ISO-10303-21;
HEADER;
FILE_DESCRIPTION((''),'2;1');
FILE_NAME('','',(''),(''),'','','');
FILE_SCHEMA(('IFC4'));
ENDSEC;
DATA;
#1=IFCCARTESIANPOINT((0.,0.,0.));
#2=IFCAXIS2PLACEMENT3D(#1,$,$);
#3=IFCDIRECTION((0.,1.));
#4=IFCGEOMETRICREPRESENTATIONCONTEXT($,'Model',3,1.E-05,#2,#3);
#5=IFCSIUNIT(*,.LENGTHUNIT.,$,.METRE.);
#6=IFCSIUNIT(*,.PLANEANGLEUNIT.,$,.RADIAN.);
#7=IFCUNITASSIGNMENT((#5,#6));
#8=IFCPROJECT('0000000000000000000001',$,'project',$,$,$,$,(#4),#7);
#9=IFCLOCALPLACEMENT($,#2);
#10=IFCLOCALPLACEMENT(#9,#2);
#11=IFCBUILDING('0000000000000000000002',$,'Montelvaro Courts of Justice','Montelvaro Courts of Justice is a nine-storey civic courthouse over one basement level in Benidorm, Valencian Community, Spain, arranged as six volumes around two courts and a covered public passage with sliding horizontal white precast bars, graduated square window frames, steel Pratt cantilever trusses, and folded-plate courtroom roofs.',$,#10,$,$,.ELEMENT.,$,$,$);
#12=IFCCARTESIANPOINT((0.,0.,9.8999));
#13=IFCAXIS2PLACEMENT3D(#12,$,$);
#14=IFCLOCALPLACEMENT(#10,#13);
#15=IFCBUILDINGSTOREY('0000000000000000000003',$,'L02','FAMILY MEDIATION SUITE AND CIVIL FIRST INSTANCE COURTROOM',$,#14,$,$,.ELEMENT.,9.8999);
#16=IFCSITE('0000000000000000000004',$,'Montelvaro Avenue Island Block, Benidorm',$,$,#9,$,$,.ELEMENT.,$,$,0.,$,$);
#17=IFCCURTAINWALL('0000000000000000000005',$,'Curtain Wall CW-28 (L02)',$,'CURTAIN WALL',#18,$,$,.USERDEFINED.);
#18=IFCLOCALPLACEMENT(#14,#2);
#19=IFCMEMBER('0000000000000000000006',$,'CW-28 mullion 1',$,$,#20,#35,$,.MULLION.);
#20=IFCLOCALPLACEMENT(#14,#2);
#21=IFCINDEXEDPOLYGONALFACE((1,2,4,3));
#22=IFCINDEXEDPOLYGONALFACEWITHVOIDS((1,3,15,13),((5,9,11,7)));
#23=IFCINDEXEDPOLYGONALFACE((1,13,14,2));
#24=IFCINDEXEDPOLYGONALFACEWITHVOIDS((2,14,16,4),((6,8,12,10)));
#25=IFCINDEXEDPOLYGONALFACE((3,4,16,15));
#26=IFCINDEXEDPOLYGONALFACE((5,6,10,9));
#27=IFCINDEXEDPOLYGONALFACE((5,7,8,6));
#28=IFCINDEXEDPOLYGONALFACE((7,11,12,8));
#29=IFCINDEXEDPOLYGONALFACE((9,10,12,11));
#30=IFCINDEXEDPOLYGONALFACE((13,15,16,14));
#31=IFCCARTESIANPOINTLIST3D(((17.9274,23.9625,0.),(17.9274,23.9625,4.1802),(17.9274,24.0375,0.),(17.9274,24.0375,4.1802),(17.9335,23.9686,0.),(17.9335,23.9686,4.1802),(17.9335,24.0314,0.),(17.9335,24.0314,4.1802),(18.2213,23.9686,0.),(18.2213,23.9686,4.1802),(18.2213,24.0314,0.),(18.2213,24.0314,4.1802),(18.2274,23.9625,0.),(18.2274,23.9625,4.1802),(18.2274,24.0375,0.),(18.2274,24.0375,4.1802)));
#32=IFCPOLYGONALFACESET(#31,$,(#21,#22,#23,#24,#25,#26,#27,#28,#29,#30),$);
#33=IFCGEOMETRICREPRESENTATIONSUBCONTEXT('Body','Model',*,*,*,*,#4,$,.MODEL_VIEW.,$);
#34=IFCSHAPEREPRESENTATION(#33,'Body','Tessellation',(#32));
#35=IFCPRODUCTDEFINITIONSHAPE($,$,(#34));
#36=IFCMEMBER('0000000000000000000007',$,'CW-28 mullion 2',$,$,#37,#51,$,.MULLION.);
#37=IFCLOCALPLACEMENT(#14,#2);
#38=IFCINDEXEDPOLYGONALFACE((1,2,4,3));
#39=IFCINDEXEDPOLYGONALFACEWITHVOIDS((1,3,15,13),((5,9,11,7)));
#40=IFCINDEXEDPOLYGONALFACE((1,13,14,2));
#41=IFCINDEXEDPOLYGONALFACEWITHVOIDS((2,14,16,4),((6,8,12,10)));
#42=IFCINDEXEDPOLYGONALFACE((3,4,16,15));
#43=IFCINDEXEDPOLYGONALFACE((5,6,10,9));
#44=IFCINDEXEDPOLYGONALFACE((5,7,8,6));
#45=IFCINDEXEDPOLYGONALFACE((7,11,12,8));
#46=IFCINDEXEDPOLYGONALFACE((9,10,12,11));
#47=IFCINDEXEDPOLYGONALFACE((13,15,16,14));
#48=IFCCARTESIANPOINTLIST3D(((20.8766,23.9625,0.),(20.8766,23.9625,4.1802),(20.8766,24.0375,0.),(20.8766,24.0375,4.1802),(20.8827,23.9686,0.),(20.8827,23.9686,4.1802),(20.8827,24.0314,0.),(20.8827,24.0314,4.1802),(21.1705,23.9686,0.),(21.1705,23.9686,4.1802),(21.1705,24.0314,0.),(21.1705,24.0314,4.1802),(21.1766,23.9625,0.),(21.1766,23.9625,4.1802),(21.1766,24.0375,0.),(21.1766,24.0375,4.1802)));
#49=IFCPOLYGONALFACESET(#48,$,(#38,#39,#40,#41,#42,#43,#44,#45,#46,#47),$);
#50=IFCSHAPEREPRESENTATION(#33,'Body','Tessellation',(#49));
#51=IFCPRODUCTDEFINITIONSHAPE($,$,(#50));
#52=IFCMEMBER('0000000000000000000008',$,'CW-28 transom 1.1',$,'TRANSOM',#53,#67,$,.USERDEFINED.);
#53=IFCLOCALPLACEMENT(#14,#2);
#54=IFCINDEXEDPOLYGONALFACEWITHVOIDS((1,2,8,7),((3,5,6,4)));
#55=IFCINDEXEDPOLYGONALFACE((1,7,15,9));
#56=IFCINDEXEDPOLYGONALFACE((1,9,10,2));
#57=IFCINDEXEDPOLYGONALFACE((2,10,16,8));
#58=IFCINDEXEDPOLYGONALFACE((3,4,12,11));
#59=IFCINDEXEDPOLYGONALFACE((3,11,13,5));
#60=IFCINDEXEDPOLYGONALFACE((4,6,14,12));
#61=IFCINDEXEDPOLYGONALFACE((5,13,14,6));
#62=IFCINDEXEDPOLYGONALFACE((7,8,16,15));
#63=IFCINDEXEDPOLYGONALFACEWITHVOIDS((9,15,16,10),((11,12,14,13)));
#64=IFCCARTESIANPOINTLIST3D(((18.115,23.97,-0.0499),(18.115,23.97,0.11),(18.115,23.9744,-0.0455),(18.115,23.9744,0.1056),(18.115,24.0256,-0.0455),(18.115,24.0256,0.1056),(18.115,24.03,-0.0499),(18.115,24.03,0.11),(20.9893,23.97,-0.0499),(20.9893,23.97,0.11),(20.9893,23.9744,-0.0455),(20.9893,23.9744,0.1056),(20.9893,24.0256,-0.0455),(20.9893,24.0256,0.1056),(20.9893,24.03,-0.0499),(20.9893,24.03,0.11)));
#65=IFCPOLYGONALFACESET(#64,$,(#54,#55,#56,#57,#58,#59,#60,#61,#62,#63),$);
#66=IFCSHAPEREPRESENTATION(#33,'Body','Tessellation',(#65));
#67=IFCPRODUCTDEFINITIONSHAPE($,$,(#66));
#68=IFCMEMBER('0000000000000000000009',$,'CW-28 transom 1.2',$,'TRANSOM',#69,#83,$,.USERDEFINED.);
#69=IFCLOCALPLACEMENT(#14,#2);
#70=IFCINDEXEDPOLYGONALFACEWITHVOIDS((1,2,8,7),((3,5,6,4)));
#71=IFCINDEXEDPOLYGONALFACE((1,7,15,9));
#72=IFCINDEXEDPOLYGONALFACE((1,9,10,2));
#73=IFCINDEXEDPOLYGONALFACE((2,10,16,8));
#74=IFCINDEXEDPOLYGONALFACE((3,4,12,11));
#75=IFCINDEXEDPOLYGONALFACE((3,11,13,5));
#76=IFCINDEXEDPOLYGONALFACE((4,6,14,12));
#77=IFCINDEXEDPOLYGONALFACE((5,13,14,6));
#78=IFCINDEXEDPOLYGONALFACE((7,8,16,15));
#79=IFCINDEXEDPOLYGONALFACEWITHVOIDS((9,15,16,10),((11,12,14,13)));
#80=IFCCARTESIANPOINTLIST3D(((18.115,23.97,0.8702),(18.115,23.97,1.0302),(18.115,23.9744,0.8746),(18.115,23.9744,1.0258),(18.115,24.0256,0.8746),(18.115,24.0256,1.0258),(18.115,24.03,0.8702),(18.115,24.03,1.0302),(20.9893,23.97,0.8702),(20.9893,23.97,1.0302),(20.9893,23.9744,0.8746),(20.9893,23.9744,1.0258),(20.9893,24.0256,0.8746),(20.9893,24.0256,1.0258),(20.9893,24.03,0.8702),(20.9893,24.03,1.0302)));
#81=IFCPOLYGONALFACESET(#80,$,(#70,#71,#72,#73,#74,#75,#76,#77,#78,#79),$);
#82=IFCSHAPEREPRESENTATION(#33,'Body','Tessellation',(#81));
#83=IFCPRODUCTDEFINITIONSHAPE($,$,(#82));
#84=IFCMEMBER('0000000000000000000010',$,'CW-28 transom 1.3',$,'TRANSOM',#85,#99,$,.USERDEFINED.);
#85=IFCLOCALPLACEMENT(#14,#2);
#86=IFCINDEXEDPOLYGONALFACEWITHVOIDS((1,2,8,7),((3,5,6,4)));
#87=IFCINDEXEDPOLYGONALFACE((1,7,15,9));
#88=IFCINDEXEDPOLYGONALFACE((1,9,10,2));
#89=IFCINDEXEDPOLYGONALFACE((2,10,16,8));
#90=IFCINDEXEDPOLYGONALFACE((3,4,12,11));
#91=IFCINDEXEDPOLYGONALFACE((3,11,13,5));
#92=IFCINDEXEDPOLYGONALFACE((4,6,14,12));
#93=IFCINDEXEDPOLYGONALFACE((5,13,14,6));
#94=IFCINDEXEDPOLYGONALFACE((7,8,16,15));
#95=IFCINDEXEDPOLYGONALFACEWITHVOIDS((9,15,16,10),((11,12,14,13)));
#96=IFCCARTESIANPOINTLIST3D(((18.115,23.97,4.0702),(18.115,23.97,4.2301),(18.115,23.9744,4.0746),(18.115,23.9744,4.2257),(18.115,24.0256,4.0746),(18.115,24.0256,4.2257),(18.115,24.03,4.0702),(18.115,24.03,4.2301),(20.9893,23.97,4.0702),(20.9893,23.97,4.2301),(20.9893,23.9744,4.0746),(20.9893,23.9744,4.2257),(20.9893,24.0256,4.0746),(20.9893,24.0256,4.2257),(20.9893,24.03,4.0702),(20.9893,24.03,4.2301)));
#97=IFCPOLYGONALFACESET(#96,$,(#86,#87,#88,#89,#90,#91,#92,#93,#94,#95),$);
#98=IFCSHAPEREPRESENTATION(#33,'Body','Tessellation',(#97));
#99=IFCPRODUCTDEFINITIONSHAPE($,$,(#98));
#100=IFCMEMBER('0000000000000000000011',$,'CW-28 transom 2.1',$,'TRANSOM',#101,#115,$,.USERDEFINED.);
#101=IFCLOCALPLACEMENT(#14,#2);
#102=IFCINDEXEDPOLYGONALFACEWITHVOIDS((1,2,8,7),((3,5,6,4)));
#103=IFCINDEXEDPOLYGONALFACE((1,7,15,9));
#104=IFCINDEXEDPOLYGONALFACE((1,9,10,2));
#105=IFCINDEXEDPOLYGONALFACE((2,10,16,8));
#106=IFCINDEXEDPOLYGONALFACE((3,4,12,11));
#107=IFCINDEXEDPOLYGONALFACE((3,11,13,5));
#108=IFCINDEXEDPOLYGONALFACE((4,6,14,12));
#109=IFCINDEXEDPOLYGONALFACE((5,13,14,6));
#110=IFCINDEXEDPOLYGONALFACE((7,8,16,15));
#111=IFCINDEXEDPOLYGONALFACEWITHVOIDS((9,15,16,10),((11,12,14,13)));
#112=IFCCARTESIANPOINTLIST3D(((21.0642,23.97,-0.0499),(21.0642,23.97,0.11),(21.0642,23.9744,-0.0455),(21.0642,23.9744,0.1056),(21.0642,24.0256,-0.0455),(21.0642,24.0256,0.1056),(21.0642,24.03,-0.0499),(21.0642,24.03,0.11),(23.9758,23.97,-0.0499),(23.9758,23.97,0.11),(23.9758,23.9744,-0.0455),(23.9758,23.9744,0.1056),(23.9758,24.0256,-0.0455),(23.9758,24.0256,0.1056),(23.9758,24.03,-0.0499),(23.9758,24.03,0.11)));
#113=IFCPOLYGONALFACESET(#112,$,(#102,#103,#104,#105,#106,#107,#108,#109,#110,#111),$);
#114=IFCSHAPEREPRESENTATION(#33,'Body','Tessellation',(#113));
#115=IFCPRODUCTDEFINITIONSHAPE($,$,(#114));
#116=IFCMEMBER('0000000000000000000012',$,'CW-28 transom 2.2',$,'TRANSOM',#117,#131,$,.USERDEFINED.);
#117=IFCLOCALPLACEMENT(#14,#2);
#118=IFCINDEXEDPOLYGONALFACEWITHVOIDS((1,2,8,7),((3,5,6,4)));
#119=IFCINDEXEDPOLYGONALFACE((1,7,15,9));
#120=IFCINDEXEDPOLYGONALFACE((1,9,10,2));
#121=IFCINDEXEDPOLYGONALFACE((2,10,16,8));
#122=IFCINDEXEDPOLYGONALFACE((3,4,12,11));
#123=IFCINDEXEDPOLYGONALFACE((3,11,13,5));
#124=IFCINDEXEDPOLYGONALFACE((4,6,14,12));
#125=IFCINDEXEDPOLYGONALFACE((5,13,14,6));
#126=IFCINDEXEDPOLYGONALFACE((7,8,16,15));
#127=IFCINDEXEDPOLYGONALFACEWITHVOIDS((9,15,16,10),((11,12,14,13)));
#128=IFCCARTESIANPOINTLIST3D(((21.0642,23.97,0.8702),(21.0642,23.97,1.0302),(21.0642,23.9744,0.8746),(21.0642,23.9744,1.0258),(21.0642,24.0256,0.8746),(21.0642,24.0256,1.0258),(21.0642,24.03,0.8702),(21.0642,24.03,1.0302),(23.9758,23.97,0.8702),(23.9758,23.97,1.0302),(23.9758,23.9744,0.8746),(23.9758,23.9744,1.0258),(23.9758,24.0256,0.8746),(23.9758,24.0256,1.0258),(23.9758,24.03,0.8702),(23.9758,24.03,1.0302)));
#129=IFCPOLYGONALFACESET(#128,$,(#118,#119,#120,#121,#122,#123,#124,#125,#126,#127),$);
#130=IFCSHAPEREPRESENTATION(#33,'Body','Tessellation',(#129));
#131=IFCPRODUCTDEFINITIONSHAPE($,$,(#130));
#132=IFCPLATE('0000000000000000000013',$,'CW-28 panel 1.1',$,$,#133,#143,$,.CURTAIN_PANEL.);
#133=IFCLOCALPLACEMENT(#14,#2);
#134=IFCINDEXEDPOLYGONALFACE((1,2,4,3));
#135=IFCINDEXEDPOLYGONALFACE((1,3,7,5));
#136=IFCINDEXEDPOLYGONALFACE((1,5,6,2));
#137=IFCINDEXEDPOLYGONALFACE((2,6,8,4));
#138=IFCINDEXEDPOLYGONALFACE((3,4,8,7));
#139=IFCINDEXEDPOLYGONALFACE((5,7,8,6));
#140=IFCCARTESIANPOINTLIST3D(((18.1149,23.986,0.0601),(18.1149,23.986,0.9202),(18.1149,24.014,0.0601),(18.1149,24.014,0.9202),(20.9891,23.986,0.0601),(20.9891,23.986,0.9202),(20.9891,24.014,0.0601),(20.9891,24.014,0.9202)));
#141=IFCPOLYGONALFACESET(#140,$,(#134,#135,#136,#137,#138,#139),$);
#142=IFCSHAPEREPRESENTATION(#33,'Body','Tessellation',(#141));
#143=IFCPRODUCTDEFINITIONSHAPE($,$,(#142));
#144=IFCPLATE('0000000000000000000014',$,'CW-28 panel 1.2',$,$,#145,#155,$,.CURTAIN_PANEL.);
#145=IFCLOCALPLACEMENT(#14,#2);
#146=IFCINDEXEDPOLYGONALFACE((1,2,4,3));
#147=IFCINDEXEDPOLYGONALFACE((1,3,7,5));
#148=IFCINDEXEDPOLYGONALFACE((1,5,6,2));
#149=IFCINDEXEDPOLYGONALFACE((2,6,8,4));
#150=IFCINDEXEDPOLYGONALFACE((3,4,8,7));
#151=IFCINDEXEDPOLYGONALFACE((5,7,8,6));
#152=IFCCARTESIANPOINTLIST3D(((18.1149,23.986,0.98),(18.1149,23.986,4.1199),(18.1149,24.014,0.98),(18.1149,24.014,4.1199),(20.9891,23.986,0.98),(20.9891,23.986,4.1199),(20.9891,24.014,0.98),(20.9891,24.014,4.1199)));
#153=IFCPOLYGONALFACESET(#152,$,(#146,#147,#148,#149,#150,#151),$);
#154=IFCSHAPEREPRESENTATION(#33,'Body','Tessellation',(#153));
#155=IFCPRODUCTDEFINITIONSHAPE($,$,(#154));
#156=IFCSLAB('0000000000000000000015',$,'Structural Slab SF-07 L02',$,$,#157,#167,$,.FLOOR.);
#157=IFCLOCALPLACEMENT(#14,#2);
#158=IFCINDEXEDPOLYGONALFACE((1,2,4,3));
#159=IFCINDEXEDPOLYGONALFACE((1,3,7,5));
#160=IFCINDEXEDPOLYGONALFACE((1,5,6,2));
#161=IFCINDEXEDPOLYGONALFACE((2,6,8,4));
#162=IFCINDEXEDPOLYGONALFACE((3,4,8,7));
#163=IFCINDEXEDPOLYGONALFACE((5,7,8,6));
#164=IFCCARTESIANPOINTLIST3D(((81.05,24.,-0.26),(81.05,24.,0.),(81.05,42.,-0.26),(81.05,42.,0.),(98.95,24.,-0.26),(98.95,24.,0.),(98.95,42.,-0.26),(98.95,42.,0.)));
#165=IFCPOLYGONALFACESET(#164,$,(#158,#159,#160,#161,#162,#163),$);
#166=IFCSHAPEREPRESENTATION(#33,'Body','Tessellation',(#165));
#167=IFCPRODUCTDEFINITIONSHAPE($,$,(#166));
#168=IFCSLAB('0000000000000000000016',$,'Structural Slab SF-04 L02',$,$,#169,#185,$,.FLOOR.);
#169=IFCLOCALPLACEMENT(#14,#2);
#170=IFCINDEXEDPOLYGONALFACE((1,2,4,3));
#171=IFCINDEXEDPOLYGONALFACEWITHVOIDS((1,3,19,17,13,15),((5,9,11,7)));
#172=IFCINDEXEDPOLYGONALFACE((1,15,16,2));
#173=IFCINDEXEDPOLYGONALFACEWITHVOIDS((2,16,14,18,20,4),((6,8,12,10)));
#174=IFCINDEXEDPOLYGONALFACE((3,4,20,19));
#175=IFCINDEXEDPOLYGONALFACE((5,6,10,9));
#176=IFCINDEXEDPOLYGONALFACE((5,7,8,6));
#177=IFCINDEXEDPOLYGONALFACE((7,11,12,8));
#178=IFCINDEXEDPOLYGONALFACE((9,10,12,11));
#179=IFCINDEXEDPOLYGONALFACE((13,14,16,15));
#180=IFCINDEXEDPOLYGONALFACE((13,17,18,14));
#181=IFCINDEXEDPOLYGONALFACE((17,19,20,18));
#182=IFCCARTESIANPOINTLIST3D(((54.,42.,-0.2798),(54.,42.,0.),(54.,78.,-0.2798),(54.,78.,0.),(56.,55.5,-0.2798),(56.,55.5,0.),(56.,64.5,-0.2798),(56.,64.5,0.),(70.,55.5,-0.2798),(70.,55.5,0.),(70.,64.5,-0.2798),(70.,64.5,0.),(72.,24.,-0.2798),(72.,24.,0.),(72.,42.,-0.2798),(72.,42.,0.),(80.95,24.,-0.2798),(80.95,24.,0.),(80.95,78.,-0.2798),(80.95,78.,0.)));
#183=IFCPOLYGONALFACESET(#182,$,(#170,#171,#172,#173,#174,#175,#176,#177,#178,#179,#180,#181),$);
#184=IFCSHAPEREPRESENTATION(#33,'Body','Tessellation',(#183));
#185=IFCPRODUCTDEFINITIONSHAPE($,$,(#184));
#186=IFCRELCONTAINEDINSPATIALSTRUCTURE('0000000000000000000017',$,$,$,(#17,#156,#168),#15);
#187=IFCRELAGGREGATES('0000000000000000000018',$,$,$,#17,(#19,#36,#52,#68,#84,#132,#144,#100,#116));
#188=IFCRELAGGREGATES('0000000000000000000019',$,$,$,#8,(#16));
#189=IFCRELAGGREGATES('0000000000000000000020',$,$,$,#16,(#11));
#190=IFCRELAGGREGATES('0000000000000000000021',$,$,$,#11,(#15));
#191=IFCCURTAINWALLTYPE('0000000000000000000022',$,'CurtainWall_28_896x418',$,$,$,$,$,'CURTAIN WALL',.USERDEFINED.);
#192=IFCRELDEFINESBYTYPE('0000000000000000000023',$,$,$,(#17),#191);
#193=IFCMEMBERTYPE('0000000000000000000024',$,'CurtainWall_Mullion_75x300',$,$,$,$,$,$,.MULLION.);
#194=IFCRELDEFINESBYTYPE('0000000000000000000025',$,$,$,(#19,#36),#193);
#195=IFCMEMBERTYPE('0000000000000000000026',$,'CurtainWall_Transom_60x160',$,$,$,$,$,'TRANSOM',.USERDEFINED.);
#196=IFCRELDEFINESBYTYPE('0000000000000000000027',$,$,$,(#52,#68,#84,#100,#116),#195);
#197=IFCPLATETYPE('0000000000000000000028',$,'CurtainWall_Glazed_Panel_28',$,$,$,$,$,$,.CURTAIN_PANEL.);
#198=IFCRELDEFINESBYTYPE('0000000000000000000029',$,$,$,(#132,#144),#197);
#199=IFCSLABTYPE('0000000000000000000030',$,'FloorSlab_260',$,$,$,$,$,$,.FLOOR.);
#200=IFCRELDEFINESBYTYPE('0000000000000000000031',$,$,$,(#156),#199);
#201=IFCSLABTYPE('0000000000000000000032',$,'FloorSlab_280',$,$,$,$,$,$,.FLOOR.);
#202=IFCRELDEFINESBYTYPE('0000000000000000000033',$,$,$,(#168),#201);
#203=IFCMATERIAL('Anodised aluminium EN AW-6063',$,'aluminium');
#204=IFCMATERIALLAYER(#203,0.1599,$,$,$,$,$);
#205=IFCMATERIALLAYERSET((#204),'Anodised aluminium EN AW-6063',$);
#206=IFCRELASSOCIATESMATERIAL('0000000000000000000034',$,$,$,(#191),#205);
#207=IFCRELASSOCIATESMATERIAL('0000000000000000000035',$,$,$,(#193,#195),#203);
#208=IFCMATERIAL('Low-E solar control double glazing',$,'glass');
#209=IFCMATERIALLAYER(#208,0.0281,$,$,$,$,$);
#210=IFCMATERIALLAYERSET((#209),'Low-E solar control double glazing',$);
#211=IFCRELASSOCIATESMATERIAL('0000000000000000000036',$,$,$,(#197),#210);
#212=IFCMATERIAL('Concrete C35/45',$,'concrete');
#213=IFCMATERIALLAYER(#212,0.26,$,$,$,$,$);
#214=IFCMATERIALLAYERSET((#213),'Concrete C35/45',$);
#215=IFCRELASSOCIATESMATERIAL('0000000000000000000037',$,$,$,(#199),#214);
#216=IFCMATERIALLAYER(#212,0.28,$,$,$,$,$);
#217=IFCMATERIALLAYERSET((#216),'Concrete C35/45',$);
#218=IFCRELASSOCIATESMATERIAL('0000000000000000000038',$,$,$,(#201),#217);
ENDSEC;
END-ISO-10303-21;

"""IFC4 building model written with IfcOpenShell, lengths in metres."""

from ifc_helpers import new_model, si_unit, direction, frame, origin, origin_2d, place, context, subcontext, project, spatial, polyline, rectangle, hollow_rectangle, outline, extrude, material, layer, layer_set, material_profile, profile_set, type_object, element, aggregate, save


model = new_model("IFC4")

# Units and contexts
model_context = context("Model", 3, precision=1e-05, world=origin(), true_north=direction((0.0, 1.0)))
body_context = subcontext(model_context, "Body", "Model", "MODEL_VIEW")
ifc_project = project(units=[si_unit("LENGTHUNIT", "METRE"), si_unit("PLANEANGLEUNIT", "RADIAN")], contexts=[model_context])

# Site, building, storey
site_placement = place(None, origin())
site = spatial("IfcSite", under=ifc_project, at=site_placement, Name="Montelvaro Avenue Island Block, Benidorm", CompositionType="ELEMENT", RefElevation=0.0)
building_placement = place(site_placement, origin())
building = spatial("IfcBuilding", under=site, at=building_placement, Name="Montelvaro Courts of Justice", Description="Montelvaro Courts of Justice is a nine-storey civic courthouse over one basement level in Benidorm, Valencian Community, Spain, arranged as six volumes around two courts and a covered public passage with sliding horizontal white precast bars, graduated square window frames, steel Pratt cantilever trusses, and folded-plate courtroom roofs.", CompositionType="ELEMENT")
storey_placement = place(building_placement, frame((0.0, 0.0, 9.8999)))
storey = spatial("IfcBuildingStorey", under=building, at=storey_placement, Name="L02", Description="FAMILY MEDIATION SUITE AND CIVIL FIRST INSTANCE COURTROOM", CompositionType="ELEMENT", Elevation=9.8999)

# Curtain wall, members, plates
ifc_material_1 = material(Name="Anodised aluminium EN AW-6063", Category="aluminium")
ifc_layer_1 = layer(ifc_material_1, 0.1599)
ifc_layer_set_1 = layer_set([ifc_layer_1], Name="Anodised aluminium EN AW-6063")
curtain_wall_type = type_object("IfcCurtainWallType", Name="CurtainWall_28_896x418", ElementType="CURTAIN WALL", PredefinedType="USERDEFINED", material=ifc_layer_set_1)
curtain_wall_placement = place(storey_placement, origin())
curtain_wall = element("IfcCurtainWall", 1, at=curtain_wall_placement, inside=storey, type_object=curtain_wall_type, Name="Curtain Wall CW-28 (L02)", ObjectType="CURTAIN WALL", PredefinedType="USERDEFINED")
ifc_material_profile_1 = material_profile(ifc_material_1, hollow_rectangle(XDim=0.075, YDim=0.3, WallThickness=0.0061, at=origin_2d()), Name="ALU-M 75x300")
ifc_profile_set_1 = profile_set([ifc_material_profile_1], Name="Anodised aluminium EN AW-6063")
member_type_1 = type_object("IfcMemberType", Name="CurtainWall_Mullion_75x300", PredefinedType="MULLION", material=ifc_profile_set_1)
member_1_placement = place(storey_placement, frame((18.0774, 24.0, 0.0), z_axis=(0.0, 0.0, 1.0), x_axis=(0.0, 1.0, 0.0)))
member_1 = element("IfcMember", 2, at=member_1_placement, type_object=member_type_1, Name="CW-28 mullion 1", PredefinedType="MULLION", context=body_context, shape_type="SweptSolid", body=[
    extrude(hollow_rectangle(XDim=0.075, YDim=0.3, WallThickness=0.0061, at=origin_2d()), origin(), (0.0, 0.0, 1.0), 4.1802),
])
member_2_placement = place(storey_placement, frame((21.0266, 24.0, 0.0), z_axis=(0.0, 0.0, 1.0), x_axis=(0.0, 1.0, 0.0)))
member_2 = element("IfcMember", 3, at=member_2_placement, type_object=member_type_1, Name="CW-28 mullion 2", PredefinedType="MULLION", context=body_context, shape_type="SweptSolid", body=[
    extrude(hollow_rectangle(XDim=0.075, YDim=0.3, WallThickness=0.0061, at=origin_2d()), origin(), (0.0, 0.0, 1.0), 4.1802),
])
ifc_material_profile_2 = material_profile(ifc_material_1, hollow_rectangle(XDim=0.0601, YDim=0.1599, WallThickness=0.0044, at=origin_2d()), Name="ALU-T 60x160")
ifc_profile_set_2 = profile_set([ifc_material_profile_2], Name="Anodised aluminium EN AW-6063")
member_type_2 = type_object("IfcMemberType", Name="CurtainWall_Transom_60x160", ElementType="TRANSOM", PredefinedType="USERDEFINED", material=ifc_profile_set_2)
member_3_placement = place(storey_placement, frame((18.115, 24.0, 0.03), z_axis=(1.0, 0.0, 0.0), x_axis=(0.0, 1.0, 0.0)))
member_3 = element("IfcMember", 4, at=member_3_placement, type_object=member_type_2, Name="CW-28 transom 1.1", ObjectType="TRANSOM", PredefinedType="USERDEFINED", context=body_context, shape_type="SweptSolid", body=[
    extrude(hollow_rectangle(XDim=0.0601, YDim=0.1599, WallThickness=0.0044, at=origin_2d()), origin(), (0.0, 0.0, 1.0), 2.8743),
])
member_4_placement = place(storey_placement, frame((18.115, 24.0, 0.9502), z_axis=(1.0, 0.0, 0.0), x_axis=(0.0, 1.0, 0.0)))
member_4 = element("IfcMember", 5, at=member_4_placement, type_object=member_type_2, Name="CW-28 transom 1.2", ObjectType="TRANSOM", PredefinedType="USERDEFINED", context=body_context, shape_type="SweptSolid", body=[
    extrude(hollow_rectangle(XDim=0.0601, YDim=0.1599, WallThickness=0.0044, at=origin_2d()), origin(), (0.0, 0.0, 1.0), 2.8743),
])
member_5_placement = place(storey_placement, frame((18.115, 24.0, 4.1501), z_axis=(1.0, 0.0, 0.0), x_axis=(0.0, 1.0, 0.0)))
member_5 = element("IfcMember", 6, at=member_5_placement, type_object=member_type_2, Name="CW-28 transom 1.3", ObjectType="TRANSOM", PredefinedType="USERDEFINED", context=body_context, shape_type="SweptSolid", body=[
    extrude(hollow_rectangle(XDim=0.0601, YDim=0.1599, WallThickness=0.0044, at=origin_2d()), origin(), (0.0, 0.0, 1.0), 2.8743),
])
member_6_placement = place(storey_placement, frame((21.0642, 24.0, 0.03), z_axis=(1.0, 0.0, 0.0), x_axis=(0.0, 1.0, 0.0)))
member_6 = element("IfcMember", 7, at=member_6_placement, type_object=member_type_2, Name="CW-28 transom 2.1", ObjectType="TRANSOM", PredefinedType="USERDEFINED", context=body_context, shape_type="SweptSolid", body=[
    extrude(hollow_rectangle(XDim=0.0601, YDim=0.1599, WallThickness=0.0044, at=origin_2d()), origin(), (0.0, 0.0, 1.0), 2.9116),
])
member_7_placement = place(storey_placement, frame((21.0642, 24.0, 0.9502), z_axis=(1.0, 0.0, 0.0), x_axis=(0.0, 1.0, 0.0)))
member_7 = element("IfcMember", 8, at=member_7_placement, type_object=member_type_2, Name="CW-28 transom 2.2", ObjectType="TRANSOM", PredefinedType="USERDEFINED", context=body_context, shape_type="SweptSolid", body=[
    extrude(hollow_rectangle(XDim=0.0601, YDim=0.1599, WallThickness=0.0044, at=origin_2d()), origin(), (0.0, 0.0, 1.0), 2.9116),
])
ifc_material_2 = material(Name="Low-E solar control double glazing", Category="glass")
ifc_layer_2 = layer(ifc_material_2, 0.0281)
ifc_layer_set_2 = layer_set([ifc_layer_2], Name="Low-E solar control double glazing")
plate_type = type_object("IfcPlateType", Name="CurtainWall_Glazed_Panel_28", PredefinedType="CURTAIN_PANEL", material=ifc_layer_set_2)
plate_1_placement = place(storey_placement, frame((19.552, 24.0, 0.0601), z_axis=(0.0, 0.0, 1.0), x_axis=(1.0, 0.0, 0.0)))
plate_1 = element("IfcPlate", 9, at=plate_1_placement, type_object=plate_type, Name="CW-28 panel 1.1", PredefinedType="CURTAIN_PANEL", context=body_context, shape_type="SweptSolid", body=[
    extrude(rectangle(XDim=2.8743, YDim=0.0281, at=origin_2d()), origin(), (0.0, 0.0, 1.0), 0.8601),
])
plate_2_placement = place(storey_placement, frame((19.552, 24.0, 0.98), z_axis=(0.0, 0.0, 1.0), x_axis=(1.0, 0.0, 0.0)))
plate_2 = element("IfcPlate", 10, at=plate_2_placement, type_object=plate_type, Name="CW-28 panel 1.2", PredefinedType="CURTAIN_PANEL", context=body_context, shape_type="SweptSolid", body=[
    extrude(rectangle(XDim=2.8743, YDim=0.0281, at=origin_2d()), origin(), (0.0, 0.0, 1.0), 3.1399),
])
aggregate(curtain_wall, [member_1, member_2, member_3, member_4, member_5, plate_1, plate_2, member_6, member_7])

# Slabs
ifc_material_3 = material(Name="Concrete C35/45", Category="concrete")
ifc_layer_3 = layer(ifc_material_3, 0.26)
ifc_layer_set_3 = layer_set([ifc_layer_3], Name="Concrete C35/45")
slab_type_1 = type_object("IfcSlabType", Name="FloorSlab_260", PredefinedType="FLOOR", material=ifc_layer_set_3)
slab_1_placement = place(storey_placement, frame((0.0, 0.0, -0.26)))
element("IfcSlab", 11, at=slab_1_placement, inside=storey, type_object=slab_type_1, Name="Structural Slab SF-07 L02", PredefinedType="FLOOR", context=body_context, shape_type="SweptSolid", body=[
    extrude(outline(polyline([(81.05, 24.0), (98.95, 24.0), (98.95, 42.0), (81.05, 42.0), (81.05, 24.0)])), origin(), (0.0, 0.0, 1.0), 0.26),
])
ifc_layer_4 = layer(ifc_material_3, 0.28)
ifc_layer_set_4 = layer_set([ifc_layer_4], Name="Concrete C35/45")
slab_type_2 = type_object("IfcSlabType", Name="FloorSlab_280", PredefinedType="FLOOR", material=ifc_layer_set_4)
slab_2_placement = place(storey_placement, frame((0.0, 0.0, -0.2798)))
element("IfcSlab", 12, at=slab_2_placement, inside=storey, type_object=slab_type_2, Name="Structural Slab SF-04 L02", PredefinedType="FLOOR", context=body_context, shape_type="SweptSolid", body=[
    extrude(outline(polyline([(72.0, 24.0), (80.95, 24.0), (80.95, 78.0), (54.0, 78.0), (54.0, 42.0), (72.0, 42.0), (72.0, 24.0)]), holes=[polyline([(56.0, 55.5), (70.0, 55.5), (70.0, 64.5), (56.0, 64.5), (56.0, 55.5)])]), origin(), (0.0, 0.0, 1.0), 0.2798),
])

save(model, "model.ifc")
